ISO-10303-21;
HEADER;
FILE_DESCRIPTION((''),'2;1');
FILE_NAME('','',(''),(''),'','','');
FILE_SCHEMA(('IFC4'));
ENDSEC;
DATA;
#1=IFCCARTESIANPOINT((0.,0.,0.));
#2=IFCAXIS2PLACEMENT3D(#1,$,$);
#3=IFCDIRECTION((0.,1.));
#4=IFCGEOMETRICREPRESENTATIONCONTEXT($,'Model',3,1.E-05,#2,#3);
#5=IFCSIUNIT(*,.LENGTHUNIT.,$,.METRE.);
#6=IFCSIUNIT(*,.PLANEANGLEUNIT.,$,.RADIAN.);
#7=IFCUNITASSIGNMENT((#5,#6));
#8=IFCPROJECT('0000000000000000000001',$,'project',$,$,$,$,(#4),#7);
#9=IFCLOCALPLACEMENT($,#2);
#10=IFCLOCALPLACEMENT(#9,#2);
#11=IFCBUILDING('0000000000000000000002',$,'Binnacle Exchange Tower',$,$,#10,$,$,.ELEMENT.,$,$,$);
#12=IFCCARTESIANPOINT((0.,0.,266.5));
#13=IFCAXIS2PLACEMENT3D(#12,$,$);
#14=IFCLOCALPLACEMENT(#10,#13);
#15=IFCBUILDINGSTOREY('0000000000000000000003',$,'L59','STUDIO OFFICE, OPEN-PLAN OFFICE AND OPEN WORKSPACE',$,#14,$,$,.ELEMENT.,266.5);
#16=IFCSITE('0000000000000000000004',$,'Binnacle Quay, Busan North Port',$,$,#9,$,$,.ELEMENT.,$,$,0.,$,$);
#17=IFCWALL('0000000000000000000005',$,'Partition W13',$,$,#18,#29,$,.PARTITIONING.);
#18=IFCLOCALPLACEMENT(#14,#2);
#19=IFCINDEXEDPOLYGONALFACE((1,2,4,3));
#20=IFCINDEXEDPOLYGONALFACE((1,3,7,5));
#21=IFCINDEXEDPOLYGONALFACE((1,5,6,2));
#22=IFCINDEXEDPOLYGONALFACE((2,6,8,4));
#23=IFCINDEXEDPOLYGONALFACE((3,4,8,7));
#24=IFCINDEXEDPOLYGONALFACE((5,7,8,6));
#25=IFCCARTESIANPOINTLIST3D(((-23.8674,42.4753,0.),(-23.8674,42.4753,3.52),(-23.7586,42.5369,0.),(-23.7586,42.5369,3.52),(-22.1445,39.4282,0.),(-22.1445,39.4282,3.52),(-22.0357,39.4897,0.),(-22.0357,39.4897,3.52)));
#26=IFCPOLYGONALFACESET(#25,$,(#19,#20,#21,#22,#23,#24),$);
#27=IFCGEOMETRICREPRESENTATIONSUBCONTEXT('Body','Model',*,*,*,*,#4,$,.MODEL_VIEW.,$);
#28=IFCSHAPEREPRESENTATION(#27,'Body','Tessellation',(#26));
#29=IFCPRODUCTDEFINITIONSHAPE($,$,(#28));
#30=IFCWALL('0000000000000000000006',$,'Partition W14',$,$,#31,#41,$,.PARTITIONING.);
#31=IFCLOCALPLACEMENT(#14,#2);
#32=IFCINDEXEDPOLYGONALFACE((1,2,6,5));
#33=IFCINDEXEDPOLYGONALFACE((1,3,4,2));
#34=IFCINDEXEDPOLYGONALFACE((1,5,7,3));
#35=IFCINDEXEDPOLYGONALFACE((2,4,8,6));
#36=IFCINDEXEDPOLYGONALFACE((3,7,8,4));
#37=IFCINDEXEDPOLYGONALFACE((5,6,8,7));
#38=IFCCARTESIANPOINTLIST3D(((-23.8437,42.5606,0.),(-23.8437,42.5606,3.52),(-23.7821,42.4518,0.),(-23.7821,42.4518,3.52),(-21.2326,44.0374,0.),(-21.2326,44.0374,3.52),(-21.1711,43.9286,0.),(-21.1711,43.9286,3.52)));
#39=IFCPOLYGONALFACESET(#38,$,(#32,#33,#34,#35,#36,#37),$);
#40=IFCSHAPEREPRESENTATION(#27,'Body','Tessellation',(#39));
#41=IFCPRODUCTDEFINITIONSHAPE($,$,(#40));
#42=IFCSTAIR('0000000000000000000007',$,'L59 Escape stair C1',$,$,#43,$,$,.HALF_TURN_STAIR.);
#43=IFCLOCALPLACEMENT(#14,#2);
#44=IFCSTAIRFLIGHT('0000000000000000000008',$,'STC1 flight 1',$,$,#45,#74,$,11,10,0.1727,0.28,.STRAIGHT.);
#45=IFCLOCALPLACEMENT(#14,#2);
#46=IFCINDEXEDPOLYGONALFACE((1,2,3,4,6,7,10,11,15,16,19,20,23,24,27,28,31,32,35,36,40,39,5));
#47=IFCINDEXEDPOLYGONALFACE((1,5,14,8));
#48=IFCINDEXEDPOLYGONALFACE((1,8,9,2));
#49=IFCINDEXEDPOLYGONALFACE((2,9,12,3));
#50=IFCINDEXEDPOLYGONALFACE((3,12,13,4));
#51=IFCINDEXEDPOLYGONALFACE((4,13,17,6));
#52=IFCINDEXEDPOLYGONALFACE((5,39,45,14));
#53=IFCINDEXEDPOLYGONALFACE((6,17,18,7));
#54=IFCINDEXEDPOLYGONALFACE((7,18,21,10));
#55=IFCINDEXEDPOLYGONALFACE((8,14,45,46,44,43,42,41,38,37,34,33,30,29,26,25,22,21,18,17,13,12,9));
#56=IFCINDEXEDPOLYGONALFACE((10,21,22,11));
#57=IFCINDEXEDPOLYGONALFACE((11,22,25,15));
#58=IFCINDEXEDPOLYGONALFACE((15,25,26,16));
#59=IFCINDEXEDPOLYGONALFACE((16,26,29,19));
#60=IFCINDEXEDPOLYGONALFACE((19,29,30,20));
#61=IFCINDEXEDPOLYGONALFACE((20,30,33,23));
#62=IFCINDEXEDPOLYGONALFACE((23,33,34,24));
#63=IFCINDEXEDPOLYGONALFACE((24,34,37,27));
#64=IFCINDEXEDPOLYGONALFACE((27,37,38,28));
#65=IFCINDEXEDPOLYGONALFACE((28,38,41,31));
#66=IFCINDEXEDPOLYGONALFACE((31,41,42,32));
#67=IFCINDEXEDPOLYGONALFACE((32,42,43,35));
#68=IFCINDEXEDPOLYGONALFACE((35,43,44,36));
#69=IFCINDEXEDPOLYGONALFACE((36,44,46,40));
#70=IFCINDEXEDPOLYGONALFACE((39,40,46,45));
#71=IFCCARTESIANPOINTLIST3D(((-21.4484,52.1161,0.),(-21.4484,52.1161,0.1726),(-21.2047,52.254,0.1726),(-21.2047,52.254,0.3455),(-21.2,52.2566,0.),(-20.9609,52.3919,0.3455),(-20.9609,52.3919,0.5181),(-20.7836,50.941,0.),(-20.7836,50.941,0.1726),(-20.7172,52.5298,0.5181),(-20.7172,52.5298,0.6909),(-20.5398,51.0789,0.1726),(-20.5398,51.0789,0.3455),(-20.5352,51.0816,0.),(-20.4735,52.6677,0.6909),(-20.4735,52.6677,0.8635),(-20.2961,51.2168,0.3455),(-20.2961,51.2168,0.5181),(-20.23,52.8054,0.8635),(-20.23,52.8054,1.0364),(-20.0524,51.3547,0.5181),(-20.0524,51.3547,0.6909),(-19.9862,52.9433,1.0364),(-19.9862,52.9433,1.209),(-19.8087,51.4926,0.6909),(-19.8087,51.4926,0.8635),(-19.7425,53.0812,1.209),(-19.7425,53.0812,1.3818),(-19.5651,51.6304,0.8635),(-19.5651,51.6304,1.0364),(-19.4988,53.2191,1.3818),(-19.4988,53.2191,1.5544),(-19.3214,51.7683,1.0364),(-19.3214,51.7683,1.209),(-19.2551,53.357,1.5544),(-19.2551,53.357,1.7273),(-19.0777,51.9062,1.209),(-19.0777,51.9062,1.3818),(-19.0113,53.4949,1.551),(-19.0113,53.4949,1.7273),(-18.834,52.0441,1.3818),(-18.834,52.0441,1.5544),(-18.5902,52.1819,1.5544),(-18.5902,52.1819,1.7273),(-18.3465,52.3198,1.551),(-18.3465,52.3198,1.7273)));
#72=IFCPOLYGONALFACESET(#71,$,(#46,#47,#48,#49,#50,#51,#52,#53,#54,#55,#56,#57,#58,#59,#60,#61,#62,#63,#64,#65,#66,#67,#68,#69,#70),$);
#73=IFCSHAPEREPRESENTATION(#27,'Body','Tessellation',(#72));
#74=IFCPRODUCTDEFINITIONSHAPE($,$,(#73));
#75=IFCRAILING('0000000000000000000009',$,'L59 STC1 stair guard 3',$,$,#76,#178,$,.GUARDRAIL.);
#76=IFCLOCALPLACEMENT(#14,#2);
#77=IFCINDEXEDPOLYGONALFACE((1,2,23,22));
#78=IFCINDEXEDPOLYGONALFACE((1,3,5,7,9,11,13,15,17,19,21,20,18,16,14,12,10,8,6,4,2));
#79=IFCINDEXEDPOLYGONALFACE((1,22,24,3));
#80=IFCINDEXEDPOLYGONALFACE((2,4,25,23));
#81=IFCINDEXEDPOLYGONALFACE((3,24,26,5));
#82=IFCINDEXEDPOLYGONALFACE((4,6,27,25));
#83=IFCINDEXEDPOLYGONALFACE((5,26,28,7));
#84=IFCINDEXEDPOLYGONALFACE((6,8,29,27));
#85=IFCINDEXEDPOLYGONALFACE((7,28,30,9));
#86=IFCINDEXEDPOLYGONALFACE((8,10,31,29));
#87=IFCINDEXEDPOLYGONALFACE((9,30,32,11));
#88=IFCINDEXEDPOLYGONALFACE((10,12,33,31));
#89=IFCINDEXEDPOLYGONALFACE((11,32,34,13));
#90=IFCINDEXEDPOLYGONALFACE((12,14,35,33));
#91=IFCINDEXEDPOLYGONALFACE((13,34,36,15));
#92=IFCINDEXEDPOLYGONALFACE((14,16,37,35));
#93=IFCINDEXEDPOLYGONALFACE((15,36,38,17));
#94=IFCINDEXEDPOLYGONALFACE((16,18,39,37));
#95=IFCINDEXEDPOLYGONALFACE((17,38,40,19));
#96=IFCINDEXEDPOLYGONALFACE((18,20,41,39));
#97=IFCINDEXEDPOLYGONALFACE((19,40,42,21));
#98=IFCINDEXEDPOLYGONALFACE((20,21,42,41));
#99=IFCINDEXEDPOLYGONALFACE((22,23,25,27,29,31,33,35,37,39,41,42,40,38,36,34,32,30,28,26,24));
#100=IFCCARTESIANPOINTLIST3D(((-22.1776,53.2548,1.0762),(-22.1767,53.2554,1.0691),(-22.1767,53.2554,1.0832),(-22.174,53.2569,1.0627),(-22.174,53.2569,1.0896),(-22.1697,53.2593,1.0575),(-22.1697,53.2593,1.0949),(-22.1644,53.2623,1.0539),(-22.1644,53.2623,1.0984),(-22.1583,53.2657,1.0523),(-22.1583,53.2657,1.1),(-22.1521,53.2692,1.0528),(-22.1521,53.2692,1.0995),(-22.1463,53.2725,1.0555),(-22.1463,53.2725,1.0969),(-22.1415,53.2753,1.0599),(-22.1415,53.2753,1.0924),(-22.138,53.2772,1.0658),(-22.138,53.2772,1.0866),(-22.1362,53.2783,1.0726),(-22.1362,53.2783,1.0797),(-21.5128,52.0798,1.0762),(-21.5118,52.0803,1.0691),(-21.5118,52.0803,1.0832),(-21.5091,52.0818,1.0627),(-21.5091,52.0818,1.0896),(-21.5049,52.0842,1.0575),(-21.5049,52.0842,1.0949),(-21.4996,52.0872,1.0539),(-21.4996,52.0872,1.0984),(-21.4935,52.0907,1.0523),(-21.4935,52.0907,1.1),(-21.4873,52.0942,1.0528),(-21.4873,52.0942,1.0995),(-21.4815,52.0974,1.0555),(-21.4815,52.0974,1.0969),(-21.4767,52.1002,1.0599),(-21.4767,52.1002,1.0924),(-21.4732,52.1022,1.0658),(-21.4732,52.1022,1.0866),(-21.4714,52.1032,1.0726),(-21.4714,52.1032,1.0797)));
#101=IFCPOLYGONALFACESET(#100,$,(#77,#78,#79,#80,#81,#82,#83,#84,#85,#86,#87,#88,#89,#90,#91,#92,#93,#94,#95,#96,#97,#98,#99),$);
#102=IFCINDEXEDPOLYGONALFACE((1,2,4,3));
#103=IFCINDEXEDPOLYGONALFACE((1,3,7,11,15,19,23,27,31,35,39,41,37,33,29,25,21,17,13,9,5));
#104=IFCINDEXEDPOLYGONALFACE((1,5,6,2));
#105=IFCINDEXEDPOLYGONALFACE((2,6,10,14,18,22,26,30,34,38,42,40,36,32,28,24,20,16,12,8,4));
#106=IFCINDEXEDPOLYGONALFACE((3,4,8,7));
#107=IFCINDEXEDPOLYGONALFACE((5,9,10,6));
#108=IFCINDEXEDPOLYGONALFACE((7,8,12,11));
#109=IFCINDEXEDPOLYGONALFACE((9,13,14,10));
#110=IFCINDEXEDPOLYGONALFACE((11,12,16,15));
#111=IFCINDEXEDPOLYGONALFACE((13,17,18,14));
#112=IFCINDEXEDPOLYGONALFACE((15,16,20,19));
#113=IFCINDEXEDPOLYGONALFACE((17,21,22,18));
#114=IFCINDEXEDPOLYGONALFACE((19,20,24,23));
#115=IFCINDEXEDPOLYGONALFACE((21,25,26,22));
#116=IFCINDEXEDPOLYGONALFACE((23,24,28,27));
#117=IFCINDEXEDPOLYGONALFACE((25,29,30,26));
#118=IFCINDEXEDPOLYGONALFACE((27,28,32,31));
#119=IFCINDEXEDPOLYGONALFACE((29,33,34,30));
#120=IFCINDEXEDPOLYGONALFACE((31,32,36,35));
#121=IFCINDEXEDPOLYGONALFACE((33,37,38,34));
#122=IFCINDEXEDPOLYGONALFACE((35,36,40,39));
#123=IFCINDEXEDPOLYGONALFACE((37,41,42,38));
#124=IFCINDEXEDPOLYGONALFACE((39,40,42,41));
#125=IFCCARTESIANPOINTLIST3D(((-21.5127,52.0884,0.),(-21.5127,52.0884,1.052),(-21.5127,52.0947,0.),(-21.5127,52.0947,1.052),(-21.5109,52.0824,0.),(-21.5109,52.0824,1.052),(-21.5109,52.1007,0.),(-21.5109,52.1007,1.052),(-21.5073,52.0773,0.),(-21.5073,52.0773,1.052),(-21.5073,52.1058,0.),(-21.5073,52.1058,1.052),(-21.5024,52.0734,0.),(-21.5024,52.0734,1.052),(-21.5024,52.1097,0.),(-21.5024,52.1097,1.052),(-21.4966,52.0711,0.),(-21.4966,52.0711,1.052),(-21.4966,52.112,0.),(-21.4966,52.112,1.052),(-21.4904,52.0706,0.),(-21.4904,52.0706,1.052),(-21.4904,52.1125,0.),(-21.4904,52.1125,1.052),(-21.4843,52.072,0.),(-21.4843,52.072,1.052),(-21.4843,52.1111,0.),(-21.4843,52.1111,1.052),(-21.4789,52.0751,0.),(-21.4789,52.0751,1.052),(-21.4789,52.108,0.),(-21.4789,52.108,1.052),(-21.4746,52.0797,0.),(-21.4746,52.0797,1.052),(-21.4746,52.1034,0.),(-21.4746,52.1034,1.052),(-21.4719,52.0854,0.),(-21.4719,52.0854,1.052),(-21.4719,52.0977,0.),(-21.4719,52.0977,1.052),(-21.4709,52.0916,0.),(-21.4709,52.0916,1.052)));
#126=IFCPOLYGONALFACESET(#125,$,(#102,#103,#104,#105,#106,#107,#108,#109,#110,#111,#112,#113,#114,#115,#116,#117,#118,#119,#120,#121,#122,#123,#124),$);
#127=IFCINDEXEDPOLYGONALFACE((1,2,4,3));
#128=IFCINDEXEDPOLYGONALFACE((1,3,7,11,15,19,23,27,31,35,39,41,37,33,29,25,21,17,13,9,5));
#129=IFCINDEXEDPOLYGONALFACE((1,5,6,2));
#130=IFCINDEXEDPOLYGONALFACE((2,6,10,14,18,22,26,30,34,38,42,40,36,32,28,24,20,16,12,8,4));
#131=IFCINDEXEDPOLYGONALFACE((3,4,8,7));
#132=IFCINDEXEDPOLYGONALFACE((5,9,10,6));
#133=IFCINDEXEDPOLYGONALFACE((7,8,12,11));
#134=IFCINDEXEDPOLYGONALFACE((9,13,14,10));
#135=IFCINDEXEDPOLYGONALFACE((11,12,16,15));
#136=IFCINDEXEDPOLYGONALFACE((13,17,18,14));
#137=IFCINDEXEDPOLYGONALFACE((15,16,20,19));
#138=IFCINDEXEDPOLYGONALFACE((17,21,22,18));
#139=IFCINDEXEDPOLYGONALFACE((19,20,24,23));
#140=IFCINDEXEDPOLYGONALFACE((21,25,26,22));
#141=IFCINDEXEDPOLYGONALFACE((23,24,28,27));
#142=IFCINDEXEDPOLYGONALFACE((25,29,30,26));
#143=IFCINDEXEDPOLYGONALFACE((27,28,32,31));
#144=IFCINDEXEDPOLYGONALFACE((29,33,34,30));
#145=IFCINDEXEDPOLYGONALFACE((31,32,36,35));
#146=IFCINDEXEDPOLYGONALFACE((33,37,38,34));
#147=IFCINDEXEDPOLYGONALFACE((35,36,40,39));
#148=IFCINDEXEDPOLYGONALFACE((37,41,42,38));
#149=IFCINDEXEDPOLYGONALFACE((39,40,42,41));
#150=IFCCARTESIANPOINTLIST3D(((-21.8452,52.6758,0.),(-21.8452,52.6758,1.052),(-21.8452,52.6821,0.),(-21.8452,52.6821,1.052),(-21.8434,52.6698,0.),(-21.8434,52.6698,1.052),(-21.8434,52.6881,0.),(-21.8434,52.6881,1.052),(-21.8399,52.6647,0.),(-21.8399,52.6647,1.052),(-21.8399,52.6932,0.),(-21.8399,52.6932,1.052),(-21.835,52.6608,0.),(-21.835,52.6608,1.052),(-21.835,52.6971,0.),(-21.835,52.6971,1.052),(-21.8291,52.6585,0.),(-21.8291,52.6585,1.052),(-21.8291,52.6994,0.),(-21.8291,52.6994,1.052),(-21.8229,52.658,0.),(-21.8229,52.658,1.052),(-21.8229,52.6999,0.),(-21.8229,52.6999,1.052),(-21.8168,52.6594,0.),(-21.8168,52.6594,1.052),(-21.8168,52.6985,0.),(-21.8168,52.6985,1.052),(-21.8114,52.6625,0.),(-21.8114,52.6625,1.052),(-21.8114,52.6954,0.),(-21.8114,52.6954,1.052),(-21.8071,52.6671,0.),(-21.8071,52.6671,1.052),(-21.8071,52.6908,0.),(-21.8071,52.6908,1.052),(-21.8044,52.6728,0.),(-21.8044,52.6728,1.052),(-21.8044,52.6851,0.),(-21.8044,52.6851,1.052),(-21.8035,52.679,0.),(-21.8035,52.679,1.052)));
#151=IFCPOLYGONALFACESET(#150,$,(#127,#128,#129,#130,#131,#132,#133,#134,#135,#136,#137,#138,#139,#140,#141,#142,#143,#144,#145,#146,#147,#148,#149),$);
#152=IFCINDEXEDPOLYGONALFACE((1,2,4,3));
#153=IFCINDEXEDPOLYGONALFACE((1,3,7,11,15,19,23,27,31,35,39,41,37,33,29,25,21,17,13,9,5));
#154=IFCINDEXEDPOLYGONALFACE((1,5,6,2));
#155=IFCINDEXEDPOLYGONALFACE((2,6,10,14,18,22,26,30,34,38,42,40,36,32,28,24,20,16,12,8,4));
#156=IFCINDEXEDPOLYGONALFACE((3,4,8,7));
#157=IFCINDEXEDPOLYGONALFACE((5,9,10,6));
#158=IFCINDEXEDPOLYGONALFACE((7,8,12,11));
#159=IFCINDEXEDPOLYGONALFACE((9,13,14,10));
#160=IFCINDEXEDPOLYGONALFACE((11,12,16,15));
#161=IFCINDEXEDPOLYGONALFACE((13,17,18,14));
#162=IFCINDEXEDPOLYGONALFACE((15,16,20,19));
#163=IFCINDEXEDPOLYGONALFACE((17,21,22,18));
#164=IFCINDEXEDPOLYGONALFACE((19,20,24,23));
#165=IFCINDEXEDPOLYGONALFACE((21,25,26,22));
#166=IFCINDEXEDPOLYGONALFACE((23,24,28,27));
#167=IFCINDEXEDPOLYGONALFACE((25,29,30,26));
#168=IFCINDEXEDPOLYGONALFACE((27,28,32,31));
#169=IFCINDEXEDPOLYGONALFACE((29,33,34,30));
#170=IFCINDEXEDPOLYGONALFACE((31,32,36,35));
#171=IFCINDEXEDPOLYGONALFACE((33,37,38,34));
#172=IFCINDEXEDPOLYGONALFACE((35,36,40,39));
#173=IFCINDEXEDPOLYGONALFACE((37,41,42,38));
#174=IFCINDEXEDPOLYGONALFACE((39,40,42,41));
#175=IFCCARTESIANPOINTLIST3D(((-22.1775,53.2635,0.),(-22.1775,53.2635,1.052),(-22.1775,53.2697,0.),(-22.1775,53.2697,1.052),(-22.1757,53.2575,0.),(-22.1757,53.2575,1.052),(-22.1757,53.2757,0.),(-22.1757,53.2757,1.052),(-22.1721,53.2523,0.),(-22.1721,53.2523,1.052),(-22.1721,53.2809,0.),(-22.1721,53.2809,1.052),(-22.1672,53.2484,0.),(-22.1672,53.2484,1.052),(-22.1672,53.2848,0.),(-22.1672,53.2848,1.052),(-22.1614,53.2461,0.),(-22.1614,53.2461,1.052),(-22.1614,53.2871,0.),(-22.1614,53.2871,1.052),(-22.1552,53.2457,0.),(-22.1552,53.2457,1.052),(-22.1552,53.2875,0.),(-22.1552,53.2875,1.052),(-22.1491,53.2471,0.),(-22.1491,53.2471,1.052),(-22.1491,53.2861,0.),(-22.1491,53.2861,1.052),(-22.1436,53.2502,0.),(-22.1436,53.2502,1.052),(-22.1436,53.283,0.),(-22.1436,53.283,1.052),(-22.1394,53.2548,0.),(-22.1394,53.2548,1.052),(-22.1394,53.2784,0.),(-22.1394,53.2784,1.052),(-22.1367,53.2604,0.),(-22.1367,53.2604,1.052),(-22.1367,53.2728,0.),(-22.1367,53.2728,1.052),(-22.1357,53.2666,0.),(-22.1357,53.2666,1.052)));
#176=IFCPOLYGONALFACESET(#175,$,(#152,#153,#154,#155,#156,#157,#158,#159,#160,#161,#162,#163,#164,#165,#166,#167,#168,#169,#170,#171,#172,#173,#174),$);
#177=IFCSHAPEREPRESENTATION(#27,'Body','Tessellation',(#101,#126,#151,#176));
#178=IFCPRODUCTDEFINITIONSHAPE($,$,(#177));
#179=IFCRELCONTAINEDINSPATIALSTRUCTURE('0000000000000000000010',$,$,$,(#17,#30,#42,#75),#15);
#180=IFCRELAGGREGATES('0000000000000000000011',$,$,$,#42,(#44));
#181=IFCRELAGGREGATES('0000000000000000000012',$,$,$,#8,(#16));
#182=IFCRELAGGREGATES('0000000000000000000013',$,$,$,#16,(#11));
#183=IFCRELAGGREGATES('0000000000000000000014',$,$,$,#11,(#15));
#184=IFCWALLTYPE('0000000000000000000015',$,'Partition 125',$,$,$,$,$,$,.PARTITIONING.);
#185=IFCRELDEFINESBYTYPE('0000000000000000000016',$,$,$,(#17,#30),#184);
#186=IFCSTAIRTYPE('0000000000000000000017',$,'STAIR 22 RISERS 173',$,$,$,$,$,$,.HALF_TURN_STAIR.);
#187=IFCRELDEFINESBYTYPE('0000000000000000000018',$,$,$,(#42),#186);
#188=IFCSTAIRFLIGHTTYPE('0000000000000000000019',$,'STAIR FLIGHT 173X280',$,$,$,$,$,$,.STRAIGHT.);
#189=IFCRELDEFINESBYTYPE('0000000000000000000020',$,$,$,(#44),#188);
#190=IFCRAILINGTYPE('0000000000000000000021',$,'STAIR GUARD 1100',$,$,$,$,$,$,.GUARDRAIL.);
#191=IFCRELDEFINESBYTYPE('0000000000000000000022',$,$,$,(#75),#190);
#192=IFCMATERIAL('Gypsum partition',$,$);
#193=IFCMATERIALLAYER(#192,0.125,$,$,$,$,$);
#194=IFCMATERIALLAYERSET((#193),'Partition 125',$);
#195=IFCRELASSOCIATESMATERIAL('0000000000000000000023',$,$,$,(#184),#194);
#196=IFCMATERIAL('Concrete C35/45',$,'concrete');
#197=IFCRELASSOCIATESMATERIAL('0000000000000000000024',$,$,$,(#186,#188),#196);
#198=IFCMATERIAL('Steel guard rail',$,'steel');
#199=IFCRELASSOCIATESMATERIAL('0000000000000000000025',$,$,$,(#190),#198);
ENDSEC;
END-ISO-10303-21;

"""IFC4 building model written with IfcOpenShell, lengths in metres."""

from ifc_helpers import new_model, si_unit, direction, frame, frame_2d, origin, origin_2d, place, context, subcontext, project, spatial, polyline, rectangle, circle, outline, extrude, material, layer, layer_set, type_object, element, aggregate, save


model = new_model("IFC4")

# Units and contexts
model_context = context("Model", 3, precision=1e-05, world=origin(), true_north=direction((0.0, 1.0)))
body_context = subcontext(model_context, "Body", "Model", "MODEL_VIEW")
ifc_project = project(units=[si_unit("LENGTHUNIT", "METRE"), si_unit("PLANEANGLEUNIT", "RADIAN")], contexts=[model_context])

# Site, building, storey
site_placement = place(None, origin())
site = spatial("IfcSite", under=ifc_project, at=site_placement, Name="Binnacle Quay, Busan North Port", CompositionType="ELEMENT", RefElevation=0.0)
building_placement = place(site_placement, origin())
building = spatial("IfcBuilding", under=site, at=building_placement, Name="Binnacle Exchange Tower", CompositionType="ELEMENT")
storey_placement = place(building_placement, frame((0.0, 0.0, 266.5)))
storey = spatial("IfcBuildingStorey", under=building, at=storey_placement, Name="L59", Description="STUDIO OFFICE, OPEN-PLAN OFFICE AND OPEN WORKSPACE", CompositionType="ELEMENT", Elevation=266.5)

# Shared definitions
ifc_material_1 = material(Name="Gypsum partition")
ifc_layer_1 = layer(ifc_material_1, 0.125)
ifc_layer_set_1 = layer_set([ifc_layer_1], Name="Partition 125")
wall_type_1 = type_object("IfcWallType", Name="Partition 125", PredefinedType="PARTITIONING", material=ifc_layer_set_1)

# Walls
wall_1_placement = place(storey_placement, frame((-23.813, 42.5061, 0.0), z_axis=(0.0, 0.0, 1.0), x_axis=(0.492191, -0.870487, 0.0)))
element("IfcWall", 1, at=wall_1_placement, inside=storey, type_object=wall_type_1, Name="Partition W13", PredefinedType="PARTITIONING", context=body_context, shape_type="SweptSolid", body=[
    extrude(rectangle(XDim=3.5005, YDim=0.125, at=frame_2d((1.7502, 0.0))), origin(), (0.0, 0.0, 1.0), 3.52),
])
wall_2_placement = place(storey_placement, frame((-23.813, 42.5061, 0.0), z_axis=(0.0, 0.0, 1.0), x_axis=(0.870423, 0.492304, 0.0)))
element("IfcWall", 2, at=wall_2_placement, inside=storey, type_object=wall_type_1, Name="Partition W14", PredefinedType="PARTITIONING", context=body_context, shape_type="SweptSolid", body=[
    extrude(rectangle(XDim=2.9998, YDim=0.125, at=frame_2d((1.5, 0.0))), origin(), (0.0, 0.0, 1.0), 3.52),
])

# Stair, stair flight
ifc_material_2 = material(Name="Concrete C35/45", Category="concrete")
stair_type = type_object("IfcStairType", Name="STAIR 22 RISERS 173", PredefinedType="HALF_TURN_STAIR", material=ifc_material_2)
stair_placement = place(storey_placement, origin())
stair = element("IfcStair", 3, at=stair_placement, inside=storey, type_object=stair_type, Name="L59 Escape stair C1", PredefinedType="HALF_TURN_STAIR")
stair_flight_type = type_object("IfcStairFlightType", Name="STAIR FLIGHT 173X280", PredefinedType="STRAIGHT", material=ifc_material_2)
stair_flight_placement = place(storey_placement, frame((-21.116, 51.5286, 0.0), z_axis=(0.0, 0.0, 1.0), x_axis=(0.870356, 0.492424, 0.0)))
stair_flight = element("IfcStairFlight", 4, at=stair_flight_placement, type_object=stair_flight_type, Name="STC1 flight 1", NumberOfRisers=11, NumberOfTreads=10, PredefinedType="STRAIGHT", RiserHeight=0.1727, TreadLength=0.28, context=body_context, shape_type="SweptSolid", body=[
    extrude(outline(polyline([(0.0, 0.0), (0.0, 0.1726), (0.28, 0.1726), (0.28, 0.3455), (0.5601, 0.3455), (0.5601, 0.5181), (0.8401, 0.5181), (0.8401, 0.6909), (1.1201, 0.6909), (1.1201, 0.8635), (1.3999, 0.8635), (1.3999, 1.0364), (1.6799, 1.0364), (1.6799, 1.209), (1.96, 1.209), (1.96, 1.3818), (2.24, 1.3818), (2.24, 1.5544), (2.52, 1.5544), (2.52, 1.7273), (2.8, 1.7273), (2.8, 1.8999), (2.8, 1.551), (0.2854, 0.0), (0.0, 0.0)])), frame((0.0, 0.675, 0.0), z_axis=(0.0, -1.0, 0.0), x_axis=(1.0, 0.0, 0.0)), (0.0, 0.0, 1.0), 1.3501),
])
aggregate(stair, [stair_flight])

# Railing
ifc_material_3 = material(Name="Steel guard rail", Category="steel")
railing_type = type_object("IfcRailingType", Name="STAIR GUARD 1100", PredefinedType="GUARDRAIL", material=ifc_material_3)
railing_1_placement = place(storey_placement, frame((-21.4919, 52.0916, 0.0)))
element("IfcRailing", 5, at=railing_1_placement, inside=storey, type_object=railing_type, Name="L59 STC1 stair guard 3", PredefinedType="GUARDRAIL", context=body_context, shape_type="SweptSolid", body=[
    extrude(circle(Radius=0.0239, at=origin_2d()), frame((0.0, 0.0, 1.0762), z_axis=(-0.492415, 0.870361, 0.0), x_axis=(-0.870361, -0.492415, 0.0)), (0.0, 0.0, 1.0), 1.3501),
    extrude(circle(Radius=0.021, at=origin_2d()), origin(), (0.0, 0.0, 1.0), 1.052),
    extrude(circle(Radius=0.021, at=origin_2d()), frame((-0.3325, 0.5874, 0.0)), (0.0, 0.0, 1.0), 1.052),
    extrude(circle(Radius=0.021, at=origin_2d()), frame((-0.6648, 1.175, 0.0)), (0.0, 0.0, 1.0), 1.052),
])

save(model, "model.ifc")
